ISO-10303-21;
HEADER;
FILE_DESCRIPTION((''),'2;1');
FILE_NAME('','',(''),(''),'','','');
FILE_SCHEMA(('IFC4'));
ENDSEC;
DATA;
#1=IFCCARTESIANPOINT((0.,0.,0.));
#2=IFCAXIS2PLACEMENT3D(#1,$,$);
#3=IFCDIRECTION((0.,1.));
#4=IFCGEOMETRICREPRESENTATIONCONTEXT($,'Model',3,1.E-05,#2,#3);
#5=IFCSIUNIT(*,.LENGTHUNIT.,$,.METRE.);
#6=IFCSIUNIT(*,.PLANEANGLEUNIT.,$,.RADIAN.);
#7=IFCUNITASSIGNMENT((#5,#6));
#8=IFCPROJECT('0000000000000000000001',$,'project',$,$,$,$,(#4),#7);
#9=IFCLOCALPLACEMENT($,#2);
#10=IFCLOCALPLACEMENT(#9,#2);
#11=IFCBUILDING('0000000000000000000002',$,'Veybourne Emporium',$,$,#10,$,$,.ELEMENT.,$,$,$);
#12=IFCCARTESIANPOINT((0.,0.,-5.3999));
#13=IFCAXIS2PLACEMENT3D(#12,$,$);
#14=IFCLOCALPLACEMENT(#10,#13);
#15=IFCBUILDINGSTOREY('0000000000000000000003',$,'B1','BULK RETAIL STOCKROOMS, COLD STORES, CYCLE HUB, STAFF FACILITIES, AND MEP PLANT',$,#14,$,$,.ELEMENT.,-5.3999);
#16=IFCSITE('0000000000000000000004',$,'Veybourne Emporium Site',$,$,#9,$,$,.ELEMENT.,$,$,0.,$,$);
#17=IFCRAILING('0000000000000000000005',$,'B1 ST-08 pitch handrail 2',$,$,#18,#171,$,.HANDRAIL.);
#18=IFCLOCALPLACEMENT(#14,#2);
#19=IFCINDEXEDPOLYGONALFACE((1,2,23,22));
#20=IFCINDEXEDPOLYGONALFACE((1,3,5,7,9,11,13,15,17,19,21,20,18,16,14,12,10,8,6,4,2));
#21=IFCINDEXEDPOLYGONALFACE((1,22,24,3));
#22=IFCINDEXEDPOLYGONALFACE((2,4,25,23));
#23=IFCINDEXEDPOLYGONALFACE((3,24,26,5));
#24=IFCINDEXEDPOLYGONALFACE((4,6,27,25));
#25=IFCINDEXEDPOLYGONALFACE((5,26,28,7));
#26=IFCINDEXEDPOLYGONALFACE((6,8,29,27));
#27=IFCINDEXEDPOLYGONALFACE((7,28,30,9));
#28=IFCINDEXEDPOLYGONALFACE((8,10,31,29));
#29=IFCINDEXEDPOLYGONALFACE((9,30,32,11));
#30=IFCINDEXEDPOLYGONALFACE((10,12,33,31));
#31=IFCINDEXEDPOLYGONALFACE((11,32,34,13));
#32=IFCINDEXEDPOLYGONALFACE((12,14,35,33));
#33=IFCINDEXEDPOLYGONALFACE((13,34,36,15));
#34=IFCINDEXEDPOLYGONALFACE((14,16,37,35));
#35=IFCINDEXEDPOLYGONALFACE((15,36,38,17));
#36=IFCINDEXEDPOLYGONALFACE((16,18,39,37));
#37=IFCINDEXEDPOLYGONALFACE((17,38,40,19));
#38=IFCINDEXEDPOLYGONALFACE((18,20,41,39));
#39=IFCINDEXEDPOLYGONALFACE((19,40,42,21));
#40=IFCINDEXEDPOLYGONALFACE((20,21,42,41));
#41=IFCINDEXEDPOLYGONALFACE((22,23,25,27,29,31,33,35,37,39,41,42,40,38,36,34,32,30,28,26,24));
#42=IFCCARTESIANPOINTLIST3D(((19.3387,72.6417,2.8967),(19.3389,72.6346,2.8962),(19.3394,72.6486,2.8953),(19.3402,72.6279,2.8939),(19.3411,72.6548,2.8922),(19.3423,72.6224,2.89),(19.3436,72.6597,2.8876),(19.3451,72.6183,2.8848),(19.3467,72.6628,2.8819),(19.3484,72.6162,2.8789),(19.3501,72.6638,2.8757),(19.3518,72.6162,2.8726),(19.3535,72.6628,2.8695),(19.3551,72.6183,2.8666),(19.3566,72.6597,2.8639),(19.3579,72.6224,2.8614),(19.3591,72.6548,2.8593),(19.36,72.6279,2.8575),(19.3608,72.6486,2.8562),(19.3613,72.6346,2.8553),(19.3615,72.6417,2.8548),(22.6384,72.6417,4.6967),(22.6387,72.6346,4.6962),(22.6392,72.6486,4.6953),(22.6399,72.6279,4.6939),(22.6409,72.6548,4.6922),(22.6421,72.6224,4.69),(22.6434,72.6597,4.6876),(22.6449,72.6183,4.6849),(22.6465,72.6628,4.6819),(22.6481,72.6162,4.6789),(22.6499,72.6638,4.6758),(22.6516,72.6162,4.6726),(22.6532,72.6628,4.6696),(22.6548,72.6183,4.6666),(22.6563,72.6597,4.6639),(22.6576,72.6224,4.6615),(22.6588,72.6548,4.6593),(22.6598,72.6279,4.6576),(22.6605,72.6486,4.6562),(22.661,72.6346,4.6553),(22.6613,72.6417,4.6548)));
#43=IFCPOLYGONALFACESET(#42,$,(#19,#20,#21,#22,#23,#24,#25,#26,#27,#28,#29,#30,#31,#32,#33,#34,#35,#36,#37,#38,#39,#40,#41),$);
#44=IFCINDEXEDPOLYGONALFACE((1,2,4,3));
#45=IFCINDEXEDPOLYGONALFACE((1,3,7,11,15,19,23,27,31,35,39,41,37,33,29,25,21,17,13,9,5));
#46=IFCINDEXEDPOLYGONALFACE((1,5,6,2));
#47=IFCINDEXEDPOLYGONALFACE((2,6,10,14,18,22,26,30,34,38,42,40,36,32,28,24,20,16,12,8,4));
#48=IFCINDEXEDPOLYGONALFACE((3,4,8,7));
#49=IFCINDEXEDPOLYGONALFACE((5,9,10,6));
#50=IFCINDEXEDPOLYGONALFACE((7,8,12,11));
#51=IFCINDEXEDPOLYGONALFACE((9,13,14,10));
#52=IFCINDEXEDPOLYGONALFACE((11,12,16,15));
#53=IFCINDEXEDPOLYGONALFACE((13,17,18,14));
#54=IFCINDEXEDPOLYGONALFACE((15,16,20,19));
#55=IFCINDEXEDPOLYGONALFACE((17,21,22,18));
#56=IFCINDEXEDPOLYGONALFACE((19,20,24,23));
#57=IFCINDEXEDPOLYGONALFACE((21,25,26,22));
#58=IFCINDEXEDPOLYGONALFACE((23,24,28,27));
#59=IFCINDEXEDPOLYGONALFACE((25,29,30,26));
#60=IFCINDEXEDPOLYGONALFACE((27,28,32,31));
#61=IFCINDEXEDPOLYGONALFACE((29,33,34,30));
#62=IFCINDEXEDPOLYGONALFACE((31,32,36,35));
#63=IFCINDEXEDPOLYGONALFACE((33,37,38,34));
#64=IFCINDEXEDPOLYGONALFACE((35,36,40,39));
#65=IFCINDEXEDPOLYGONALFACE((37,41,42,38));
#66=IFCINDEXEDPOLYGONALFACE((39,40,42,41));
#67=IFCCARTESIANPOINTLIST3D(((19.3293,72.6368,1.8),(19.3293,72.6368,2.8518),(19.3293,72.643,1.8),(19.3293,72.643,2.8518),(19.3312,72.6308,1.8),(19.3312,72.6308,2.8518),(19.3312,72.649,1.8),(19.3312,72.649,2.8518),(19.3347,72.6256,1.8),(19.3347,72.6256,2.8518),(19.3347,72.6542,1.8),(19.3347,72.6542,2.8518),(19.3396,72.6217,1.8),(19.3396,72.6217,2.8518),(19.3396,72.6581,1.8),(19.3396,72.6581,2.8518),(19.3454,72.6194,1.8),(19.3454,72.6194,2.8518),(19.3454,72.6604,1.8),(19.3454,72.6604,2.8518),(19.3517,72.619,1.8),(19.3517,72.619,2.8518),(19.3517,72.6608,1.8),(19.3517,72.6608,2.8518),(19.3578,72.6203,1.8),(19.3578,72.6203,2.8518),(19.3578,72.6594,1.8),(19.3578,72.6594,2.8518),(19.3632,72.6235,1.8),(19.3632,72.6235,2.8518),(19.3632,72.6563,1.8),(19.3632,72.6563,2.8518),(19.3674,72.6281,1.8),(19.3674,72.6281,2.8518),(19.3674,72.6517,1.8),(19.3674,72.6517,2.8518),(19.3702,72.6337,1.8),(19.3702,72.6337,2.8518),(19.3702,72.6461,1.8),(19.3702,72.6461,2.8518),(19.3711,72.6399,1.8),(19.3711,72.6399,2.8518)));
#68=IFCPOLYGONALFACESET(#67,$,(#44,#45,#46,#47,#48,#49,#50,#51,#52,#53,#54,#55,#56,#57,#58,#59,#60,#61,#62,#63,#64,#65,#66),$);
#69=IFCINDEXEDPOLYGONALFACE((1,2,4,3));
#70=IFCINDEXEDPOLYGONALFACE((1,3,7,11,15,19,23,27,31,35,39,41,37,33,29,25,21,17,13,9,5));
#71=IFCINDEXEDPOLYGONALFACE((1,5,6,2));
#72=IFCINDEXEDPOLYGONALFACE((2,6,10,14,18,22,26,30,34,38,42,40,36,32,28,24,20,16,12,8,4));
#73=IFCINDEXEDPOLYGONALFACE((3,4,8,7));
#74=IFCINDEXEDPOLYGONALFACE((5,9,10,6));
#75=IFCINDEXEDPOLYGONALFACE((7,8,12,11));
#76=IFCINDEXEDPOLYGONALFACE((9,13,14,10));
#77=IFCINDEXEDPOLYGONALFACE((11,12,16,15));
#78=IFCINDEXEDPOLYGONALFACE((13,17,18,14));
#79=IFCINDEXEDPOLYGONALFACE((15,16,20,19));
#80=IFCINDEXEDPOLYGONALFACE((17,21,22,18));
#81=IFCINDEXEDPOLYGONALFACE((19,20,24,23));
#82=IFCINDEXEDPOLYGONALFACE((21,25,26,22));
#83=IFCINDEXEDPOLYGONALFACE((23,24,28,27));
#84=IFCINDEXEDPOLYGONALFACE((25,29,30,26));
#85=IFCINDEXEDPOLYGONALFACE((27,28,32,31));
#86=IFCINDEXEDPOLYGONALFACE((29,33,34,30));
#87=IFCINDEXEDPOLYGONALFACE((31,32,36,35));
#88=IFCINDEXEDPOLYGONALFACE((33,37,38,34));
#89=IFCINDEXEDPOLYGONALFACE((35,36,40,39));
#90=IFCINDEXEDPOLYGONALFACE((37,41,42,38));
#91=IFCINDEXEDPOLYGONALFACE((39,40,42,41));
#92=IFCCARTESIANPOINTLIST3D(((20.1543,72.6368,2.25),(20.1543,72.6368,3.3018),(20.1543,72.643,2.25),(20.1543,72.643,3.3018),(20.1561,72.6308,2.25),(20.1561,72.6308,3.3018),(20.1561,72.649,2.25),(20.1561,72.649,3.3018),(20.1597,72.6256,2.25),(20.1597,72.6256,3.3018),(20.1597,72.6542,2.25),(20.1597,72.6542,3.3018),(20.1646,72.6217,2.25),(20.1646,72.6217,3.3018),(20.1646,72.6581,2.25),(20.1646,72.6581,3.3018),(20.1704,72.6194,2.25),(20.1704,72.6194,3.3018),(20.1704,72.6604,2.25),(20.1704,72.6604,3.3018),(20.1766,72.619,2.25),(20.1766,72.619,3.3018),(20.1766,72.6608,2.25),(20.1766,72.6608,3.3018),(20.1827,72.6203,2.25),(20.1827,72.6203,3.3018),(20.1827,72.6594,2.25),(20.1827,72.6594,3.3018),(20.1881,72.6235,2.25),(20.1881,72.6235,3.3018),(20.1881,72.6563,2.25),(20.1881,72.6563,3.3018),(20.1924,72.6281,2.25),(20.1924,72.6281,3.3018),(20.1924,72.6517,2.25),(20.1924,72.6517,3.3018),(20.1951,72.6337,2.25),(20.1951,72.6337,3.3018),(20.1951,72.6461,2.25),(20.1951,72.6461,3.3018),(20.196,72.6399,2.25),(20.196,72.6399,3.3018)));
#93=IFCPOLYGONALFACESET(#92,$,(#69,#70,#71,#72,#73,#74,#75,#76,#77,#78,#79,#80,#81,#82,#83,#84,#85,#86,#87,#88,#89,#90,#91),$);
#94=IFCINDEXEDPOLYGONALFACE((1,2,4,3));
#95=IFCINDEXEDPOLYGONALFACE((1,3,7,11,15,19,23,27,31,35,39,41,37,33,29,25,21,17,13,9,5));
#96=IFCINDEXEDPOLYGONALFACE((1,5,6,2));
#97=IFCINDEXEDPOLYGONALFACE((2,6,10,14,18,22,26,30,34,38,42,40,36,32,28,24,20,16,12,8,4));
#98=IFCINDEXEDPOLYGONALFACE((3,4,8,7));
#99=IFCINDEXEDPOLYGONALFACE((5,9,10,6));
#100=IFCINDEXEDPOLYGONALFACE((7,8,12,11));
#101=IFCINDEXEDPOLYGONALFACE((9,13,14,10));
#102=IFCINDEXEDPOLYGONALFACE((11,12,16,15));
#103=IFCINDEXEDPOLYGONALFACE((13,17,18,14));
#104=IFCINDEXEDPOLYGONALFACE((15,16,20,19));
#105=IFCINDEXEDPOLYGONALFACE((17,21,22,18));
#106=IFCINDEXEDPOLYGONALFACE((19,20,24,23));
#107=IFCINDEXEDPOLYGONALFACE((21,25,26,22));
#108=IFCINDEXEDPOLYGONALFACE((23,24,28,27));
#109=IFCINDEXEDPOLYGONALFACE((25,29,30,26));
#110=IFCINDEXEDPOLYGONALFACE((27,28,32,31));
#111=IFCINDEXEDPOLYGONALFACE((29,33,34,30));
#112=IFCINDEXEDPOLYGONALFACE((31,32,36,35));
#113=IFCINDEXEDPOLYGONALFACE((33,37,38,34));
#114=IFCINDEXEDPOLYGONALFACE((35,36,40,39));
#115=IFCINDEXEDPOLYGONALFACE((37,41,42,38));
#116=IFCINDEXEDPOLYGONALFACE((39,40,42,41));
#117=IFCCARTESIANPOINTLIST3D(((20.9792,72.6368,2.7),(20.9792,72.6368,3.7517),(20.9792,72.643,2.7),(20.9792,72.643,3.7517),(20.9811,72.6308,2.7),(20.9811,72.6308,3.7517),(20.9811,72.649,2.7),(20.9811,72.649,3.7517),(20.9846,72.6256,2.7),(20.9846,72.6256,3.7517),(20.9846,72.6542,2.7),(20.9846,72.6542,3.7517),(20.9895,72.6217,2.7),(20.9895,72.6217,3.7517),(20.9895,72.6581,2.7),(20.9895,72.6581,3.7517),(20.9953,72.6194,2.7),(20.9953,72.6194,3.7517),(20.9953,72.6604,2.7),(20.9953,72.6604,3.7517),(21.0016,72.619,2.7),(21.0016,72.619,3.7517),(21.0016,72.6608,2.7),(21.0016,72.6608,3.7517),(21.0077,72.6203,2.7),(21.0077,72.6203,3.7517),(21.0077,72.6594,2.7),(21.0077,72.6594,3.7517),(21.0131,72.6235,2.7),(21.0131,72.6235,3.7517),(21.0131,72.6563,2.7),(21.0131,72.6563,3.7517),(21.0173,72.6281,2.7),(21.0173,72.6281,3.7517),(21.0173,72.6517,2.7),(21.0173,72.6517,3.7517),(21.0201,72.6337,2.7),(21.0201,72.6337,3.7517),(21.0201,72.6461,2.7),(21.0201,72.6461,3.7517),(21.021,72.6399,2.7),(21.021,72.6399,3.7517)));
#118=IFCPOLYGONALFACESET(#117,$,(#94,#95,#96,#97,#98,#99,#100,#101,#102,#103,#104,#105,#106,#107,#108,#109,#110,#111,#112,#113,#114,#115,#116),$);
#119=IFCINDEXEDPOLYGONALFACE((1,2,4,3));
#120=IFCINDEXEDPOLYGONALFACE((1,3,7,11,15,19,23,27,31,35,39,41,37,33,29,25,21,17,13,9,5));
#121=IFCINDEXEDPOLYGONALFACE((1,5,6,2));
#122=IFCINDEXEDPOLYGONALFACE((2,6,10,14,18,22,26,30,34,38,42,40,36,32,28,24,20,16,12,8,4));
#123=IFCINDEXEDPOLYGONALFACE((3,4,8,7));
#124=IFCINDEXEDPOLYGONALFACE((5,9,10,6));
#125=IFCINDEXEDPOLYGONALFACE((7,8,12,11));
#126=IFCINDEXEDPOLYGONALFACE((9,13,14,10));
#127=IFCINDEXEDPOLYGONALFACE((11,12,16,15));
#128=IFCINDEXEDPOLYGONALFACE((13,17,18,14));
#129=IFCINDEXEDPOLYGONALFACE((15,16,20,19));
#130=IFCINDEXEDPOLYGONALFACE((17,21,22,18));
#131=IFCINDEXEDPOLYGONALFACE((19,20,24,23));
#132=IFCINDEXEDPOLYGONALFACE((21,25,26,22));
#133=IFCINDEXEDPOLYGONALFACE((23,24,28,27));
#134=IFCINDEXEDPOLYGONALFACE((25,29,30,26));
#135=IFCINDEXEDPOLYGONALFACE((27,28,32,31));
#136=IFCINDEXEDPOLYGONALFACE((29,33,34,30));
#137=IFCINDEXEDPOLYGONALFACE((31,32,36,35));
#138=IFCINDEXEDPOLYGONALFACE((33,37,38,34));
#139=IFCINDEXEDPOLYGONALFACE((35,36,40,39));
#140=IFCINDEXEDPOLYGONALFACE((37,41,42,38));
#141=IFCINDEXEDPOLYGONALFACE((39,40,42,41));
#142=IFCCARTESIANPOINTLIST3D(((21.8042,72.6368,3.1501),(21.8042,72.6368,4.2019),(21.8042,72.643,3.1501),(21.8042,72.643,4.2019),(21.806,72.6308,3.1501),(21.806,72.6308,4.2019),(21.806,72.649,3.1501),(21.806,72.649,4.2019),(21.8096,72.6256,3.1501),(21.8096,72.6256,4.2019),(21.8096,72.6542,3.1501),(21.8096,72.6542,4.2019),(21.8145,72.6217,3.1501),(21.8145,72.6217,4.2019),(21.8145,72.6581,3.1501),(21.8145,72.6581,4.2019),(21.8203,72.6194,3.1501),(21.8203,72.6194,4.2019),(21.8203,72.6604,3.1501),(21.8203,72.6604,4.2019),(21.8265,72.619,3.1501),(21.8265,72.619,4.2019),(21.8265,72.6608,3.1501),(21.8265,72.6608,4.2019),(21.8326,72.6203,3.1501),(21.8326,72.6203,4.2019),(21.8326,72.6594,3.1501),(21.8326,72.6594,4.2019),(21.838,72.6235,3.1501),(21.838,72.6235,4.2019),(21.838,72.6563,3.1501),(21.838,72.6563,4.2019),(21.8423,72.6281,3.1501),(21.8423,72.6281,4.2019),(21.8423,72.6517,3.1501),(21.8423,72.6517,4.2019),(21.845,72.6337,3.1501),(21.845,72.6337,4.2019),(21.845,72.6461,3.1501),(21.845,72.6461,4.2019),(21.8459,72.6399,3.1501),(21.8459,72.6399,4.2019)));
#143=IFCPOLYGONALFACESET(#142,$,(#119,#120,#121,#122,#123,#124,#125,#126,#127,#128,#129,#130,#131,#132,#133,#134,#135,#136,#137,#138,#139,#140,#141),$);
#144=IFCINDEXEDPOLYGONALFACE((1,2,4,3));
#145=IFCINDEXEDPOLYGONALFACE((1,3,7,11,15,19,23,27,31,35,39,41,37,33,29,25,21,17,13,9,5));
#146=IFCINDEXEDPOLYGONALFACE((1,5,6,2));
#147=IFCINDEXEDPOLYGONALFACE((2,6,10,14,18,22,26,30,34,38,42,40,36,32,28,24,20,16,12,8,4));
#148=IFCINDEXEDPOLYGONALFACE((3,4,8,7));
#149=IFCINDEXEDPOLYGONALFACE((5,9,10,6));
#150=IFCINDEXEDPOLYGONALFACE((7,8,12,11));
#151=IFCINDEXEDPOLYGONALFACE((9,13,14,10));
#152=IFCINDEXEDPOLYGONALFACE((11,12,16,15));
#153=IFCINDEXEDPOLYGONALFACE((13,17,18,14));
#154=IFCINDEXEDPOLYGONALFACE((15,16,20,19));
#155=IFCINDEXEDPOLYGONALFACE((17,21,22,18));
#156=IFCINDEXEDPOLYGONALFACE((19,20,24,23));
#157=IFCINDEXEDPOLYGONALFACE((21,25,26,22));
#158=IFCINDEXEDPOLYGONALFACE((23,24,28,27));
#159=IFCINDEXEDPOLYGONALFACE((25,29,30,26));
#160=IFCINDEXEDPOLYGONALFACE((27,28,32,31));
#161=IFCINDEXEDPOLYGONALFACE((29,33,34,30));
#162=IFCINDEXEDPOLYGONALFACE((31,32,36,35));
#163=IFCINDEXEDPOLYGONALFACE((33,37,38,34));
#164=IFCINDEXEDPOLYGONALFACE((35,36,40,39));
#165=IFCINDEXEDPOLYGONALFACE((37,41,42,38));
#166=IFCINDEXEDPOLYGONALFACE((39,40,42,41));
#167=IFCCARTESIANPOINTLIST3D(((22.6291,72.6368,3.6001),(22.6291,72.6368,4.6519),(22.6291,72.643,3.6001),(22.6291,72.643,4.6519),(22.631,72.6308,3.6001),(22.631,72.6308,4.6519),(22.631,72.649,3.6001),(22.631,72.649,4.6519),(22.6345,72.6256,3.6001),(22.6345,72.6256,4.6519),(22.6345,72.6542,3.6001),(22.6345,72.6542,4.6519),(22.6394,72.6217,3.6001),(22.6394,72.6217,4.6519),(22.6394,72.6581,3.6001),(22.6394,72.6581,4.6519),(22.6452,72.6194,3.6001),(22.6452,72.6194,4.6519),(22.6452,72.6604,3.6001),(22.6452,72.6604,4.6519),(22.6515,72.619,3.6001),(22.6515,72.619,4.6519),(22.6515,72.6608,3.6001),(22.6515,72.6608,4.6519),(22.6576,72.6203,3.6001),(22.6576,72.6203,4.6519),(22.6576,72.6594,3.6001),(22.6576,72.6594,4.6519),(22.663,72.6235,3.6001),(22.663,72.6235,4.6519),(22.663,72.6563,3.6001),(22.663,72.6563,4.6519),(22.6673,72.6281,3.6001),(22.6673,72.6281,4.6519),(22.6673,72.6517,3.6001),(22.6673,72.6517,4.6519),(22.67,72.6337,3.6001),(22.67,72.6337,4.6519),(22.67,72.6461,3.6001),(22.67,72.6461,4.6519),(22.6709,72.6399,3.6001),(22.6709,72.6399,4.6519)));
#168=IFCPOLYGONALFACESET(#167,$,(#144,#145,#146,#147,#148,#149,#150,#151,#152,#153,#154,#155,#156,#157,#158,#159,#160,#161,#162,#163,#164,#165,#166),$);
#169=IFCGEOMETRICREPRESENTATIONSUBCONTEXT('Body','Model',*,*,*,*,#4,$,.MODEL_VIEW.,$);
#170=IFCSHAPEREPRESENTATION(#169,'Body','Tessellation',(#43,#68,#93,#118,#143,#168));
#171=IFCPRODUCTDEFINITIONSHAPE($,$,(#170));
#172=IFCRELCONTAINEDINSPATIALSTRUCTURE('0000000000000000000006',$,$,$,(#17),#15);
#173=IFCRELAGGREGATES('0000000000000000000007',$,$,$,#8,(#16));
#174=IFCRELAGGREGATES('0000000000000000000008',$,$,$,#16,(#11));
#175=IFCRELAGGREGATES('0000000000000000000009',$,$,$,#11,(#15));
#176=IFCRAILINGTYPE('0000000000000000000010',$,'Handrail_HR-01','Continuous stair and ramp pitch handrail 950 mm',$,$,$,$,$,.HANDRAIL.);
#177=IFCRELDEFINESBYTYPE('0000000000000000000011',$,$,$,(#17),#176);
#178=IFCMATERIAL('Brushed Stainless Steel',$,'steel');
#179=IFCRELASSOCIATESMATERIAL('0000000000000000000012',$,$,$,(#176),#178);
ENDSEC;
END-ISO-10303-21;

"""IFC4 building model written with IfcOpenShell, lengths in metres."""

from ifc_helpers import new_model, si_unit, direction, frame, origin, origin_2d, place, context, subcontext, project, spatial, circle, extrude, material, type_object, element, save


model = new_model("IFC4")

# Units and contexts
model_context = context("Model", 3, precision=1e-05, world=origin(), true_north=direction((0.0, 1.0)))
body_context = subcontext(model_context, "Body", "Model", "MODEL_VIEW")
ifc_project = project(units=[si_unit("LENGTHUNIT", "METRE"), si_unit("PLANEANGLEUNIT", "RADIAN")], contexts=[model_context])

# Site, building, storey
site_placement = place(None, origin())
site = spatial("IfcSite", under=ifc_project, at=site_placement, Name="Veybourne Emporium Site", CompositionType="ELEMENT", RefElevation=0.0)
building_placement = place(site_placement, origin())
building = spatial("IfcBuilding", under=site, at=building_placement, Name="Veybourne Emporium", CompositionType="ELEMENT")
storey_placement = place(building_placement, frame((0.0, 0.0, -5.3999)))
storey = spatial("IfcBuildingStorey", under=building, at=storey_placement, Name="B1", Description="BULK RETAIL STOCKROOMS, COLD STORES, CYCLE HUB, STAFF FACILITIES, AND MEP PLANT", CompositionType="ELEMENT", Elevation=-5.3999)

# Railing
ifc_material_1 = material(Name="Brushed Stainless Steel", Category="steel")
railing_type = type_object("IfcRailingType", Name="Handrail_HR-01", Description="Continuous stair and ramp pitch handrail 950 mm", PredefinedType="HANDRAIL", material=ifc_material_1)
railing_placement = place(storey_placement, frame((19.3501, 72.6399, 1.95)))
element("IfcRailing", 1, at=railing_placement, inside=storey, type_object=railing_type, Name="B1 ST-08 pitch handrail 2", PredefinedType="HANDRAIL", context=body_context, shape_type="SweptSolid", body=[
    extrude(circle(Radius=0.0239, at=origin_2d()), frame((0.0, 0.0, 0.9258), z_axis=(0.877878, 0.0, 0.478884), x_axis=(0.0, 1.0, 0.0)), (0.0, 0.0, 1.0), 3.7588),
    extrude(circle(Radius=0.021, at=origin_2d()), frame((0.0, 0.0, -0.1499)), (0.0, 0.0, 1.0), 1.0518),
    extrude(circle(Radius=0.021, at=origin_2d()), frame((0.825, 0.0, 0.3)), (0.0, 0.0, 1.0), 1.0518),
    extrude(circle(Radius=0.021, at=origin_2d()), frame((1.6499, 0.0, 0.75)), (0.0, 0.0, 1.0), 1.0518),
    extrude(circle(Radius=0.021, at=origin_2d()), frame((2.4749, 0.0, 1.2002)), (0.0, 0.0, 1.0), 1.0518),
    extrude(circle(Radius=0.021, at=origin_2d()), frame((3.2998, 0.0, 1.6501)), (0.0, 0.0, 1.0), 1.0518),
])

save(model, "model.ifc")
